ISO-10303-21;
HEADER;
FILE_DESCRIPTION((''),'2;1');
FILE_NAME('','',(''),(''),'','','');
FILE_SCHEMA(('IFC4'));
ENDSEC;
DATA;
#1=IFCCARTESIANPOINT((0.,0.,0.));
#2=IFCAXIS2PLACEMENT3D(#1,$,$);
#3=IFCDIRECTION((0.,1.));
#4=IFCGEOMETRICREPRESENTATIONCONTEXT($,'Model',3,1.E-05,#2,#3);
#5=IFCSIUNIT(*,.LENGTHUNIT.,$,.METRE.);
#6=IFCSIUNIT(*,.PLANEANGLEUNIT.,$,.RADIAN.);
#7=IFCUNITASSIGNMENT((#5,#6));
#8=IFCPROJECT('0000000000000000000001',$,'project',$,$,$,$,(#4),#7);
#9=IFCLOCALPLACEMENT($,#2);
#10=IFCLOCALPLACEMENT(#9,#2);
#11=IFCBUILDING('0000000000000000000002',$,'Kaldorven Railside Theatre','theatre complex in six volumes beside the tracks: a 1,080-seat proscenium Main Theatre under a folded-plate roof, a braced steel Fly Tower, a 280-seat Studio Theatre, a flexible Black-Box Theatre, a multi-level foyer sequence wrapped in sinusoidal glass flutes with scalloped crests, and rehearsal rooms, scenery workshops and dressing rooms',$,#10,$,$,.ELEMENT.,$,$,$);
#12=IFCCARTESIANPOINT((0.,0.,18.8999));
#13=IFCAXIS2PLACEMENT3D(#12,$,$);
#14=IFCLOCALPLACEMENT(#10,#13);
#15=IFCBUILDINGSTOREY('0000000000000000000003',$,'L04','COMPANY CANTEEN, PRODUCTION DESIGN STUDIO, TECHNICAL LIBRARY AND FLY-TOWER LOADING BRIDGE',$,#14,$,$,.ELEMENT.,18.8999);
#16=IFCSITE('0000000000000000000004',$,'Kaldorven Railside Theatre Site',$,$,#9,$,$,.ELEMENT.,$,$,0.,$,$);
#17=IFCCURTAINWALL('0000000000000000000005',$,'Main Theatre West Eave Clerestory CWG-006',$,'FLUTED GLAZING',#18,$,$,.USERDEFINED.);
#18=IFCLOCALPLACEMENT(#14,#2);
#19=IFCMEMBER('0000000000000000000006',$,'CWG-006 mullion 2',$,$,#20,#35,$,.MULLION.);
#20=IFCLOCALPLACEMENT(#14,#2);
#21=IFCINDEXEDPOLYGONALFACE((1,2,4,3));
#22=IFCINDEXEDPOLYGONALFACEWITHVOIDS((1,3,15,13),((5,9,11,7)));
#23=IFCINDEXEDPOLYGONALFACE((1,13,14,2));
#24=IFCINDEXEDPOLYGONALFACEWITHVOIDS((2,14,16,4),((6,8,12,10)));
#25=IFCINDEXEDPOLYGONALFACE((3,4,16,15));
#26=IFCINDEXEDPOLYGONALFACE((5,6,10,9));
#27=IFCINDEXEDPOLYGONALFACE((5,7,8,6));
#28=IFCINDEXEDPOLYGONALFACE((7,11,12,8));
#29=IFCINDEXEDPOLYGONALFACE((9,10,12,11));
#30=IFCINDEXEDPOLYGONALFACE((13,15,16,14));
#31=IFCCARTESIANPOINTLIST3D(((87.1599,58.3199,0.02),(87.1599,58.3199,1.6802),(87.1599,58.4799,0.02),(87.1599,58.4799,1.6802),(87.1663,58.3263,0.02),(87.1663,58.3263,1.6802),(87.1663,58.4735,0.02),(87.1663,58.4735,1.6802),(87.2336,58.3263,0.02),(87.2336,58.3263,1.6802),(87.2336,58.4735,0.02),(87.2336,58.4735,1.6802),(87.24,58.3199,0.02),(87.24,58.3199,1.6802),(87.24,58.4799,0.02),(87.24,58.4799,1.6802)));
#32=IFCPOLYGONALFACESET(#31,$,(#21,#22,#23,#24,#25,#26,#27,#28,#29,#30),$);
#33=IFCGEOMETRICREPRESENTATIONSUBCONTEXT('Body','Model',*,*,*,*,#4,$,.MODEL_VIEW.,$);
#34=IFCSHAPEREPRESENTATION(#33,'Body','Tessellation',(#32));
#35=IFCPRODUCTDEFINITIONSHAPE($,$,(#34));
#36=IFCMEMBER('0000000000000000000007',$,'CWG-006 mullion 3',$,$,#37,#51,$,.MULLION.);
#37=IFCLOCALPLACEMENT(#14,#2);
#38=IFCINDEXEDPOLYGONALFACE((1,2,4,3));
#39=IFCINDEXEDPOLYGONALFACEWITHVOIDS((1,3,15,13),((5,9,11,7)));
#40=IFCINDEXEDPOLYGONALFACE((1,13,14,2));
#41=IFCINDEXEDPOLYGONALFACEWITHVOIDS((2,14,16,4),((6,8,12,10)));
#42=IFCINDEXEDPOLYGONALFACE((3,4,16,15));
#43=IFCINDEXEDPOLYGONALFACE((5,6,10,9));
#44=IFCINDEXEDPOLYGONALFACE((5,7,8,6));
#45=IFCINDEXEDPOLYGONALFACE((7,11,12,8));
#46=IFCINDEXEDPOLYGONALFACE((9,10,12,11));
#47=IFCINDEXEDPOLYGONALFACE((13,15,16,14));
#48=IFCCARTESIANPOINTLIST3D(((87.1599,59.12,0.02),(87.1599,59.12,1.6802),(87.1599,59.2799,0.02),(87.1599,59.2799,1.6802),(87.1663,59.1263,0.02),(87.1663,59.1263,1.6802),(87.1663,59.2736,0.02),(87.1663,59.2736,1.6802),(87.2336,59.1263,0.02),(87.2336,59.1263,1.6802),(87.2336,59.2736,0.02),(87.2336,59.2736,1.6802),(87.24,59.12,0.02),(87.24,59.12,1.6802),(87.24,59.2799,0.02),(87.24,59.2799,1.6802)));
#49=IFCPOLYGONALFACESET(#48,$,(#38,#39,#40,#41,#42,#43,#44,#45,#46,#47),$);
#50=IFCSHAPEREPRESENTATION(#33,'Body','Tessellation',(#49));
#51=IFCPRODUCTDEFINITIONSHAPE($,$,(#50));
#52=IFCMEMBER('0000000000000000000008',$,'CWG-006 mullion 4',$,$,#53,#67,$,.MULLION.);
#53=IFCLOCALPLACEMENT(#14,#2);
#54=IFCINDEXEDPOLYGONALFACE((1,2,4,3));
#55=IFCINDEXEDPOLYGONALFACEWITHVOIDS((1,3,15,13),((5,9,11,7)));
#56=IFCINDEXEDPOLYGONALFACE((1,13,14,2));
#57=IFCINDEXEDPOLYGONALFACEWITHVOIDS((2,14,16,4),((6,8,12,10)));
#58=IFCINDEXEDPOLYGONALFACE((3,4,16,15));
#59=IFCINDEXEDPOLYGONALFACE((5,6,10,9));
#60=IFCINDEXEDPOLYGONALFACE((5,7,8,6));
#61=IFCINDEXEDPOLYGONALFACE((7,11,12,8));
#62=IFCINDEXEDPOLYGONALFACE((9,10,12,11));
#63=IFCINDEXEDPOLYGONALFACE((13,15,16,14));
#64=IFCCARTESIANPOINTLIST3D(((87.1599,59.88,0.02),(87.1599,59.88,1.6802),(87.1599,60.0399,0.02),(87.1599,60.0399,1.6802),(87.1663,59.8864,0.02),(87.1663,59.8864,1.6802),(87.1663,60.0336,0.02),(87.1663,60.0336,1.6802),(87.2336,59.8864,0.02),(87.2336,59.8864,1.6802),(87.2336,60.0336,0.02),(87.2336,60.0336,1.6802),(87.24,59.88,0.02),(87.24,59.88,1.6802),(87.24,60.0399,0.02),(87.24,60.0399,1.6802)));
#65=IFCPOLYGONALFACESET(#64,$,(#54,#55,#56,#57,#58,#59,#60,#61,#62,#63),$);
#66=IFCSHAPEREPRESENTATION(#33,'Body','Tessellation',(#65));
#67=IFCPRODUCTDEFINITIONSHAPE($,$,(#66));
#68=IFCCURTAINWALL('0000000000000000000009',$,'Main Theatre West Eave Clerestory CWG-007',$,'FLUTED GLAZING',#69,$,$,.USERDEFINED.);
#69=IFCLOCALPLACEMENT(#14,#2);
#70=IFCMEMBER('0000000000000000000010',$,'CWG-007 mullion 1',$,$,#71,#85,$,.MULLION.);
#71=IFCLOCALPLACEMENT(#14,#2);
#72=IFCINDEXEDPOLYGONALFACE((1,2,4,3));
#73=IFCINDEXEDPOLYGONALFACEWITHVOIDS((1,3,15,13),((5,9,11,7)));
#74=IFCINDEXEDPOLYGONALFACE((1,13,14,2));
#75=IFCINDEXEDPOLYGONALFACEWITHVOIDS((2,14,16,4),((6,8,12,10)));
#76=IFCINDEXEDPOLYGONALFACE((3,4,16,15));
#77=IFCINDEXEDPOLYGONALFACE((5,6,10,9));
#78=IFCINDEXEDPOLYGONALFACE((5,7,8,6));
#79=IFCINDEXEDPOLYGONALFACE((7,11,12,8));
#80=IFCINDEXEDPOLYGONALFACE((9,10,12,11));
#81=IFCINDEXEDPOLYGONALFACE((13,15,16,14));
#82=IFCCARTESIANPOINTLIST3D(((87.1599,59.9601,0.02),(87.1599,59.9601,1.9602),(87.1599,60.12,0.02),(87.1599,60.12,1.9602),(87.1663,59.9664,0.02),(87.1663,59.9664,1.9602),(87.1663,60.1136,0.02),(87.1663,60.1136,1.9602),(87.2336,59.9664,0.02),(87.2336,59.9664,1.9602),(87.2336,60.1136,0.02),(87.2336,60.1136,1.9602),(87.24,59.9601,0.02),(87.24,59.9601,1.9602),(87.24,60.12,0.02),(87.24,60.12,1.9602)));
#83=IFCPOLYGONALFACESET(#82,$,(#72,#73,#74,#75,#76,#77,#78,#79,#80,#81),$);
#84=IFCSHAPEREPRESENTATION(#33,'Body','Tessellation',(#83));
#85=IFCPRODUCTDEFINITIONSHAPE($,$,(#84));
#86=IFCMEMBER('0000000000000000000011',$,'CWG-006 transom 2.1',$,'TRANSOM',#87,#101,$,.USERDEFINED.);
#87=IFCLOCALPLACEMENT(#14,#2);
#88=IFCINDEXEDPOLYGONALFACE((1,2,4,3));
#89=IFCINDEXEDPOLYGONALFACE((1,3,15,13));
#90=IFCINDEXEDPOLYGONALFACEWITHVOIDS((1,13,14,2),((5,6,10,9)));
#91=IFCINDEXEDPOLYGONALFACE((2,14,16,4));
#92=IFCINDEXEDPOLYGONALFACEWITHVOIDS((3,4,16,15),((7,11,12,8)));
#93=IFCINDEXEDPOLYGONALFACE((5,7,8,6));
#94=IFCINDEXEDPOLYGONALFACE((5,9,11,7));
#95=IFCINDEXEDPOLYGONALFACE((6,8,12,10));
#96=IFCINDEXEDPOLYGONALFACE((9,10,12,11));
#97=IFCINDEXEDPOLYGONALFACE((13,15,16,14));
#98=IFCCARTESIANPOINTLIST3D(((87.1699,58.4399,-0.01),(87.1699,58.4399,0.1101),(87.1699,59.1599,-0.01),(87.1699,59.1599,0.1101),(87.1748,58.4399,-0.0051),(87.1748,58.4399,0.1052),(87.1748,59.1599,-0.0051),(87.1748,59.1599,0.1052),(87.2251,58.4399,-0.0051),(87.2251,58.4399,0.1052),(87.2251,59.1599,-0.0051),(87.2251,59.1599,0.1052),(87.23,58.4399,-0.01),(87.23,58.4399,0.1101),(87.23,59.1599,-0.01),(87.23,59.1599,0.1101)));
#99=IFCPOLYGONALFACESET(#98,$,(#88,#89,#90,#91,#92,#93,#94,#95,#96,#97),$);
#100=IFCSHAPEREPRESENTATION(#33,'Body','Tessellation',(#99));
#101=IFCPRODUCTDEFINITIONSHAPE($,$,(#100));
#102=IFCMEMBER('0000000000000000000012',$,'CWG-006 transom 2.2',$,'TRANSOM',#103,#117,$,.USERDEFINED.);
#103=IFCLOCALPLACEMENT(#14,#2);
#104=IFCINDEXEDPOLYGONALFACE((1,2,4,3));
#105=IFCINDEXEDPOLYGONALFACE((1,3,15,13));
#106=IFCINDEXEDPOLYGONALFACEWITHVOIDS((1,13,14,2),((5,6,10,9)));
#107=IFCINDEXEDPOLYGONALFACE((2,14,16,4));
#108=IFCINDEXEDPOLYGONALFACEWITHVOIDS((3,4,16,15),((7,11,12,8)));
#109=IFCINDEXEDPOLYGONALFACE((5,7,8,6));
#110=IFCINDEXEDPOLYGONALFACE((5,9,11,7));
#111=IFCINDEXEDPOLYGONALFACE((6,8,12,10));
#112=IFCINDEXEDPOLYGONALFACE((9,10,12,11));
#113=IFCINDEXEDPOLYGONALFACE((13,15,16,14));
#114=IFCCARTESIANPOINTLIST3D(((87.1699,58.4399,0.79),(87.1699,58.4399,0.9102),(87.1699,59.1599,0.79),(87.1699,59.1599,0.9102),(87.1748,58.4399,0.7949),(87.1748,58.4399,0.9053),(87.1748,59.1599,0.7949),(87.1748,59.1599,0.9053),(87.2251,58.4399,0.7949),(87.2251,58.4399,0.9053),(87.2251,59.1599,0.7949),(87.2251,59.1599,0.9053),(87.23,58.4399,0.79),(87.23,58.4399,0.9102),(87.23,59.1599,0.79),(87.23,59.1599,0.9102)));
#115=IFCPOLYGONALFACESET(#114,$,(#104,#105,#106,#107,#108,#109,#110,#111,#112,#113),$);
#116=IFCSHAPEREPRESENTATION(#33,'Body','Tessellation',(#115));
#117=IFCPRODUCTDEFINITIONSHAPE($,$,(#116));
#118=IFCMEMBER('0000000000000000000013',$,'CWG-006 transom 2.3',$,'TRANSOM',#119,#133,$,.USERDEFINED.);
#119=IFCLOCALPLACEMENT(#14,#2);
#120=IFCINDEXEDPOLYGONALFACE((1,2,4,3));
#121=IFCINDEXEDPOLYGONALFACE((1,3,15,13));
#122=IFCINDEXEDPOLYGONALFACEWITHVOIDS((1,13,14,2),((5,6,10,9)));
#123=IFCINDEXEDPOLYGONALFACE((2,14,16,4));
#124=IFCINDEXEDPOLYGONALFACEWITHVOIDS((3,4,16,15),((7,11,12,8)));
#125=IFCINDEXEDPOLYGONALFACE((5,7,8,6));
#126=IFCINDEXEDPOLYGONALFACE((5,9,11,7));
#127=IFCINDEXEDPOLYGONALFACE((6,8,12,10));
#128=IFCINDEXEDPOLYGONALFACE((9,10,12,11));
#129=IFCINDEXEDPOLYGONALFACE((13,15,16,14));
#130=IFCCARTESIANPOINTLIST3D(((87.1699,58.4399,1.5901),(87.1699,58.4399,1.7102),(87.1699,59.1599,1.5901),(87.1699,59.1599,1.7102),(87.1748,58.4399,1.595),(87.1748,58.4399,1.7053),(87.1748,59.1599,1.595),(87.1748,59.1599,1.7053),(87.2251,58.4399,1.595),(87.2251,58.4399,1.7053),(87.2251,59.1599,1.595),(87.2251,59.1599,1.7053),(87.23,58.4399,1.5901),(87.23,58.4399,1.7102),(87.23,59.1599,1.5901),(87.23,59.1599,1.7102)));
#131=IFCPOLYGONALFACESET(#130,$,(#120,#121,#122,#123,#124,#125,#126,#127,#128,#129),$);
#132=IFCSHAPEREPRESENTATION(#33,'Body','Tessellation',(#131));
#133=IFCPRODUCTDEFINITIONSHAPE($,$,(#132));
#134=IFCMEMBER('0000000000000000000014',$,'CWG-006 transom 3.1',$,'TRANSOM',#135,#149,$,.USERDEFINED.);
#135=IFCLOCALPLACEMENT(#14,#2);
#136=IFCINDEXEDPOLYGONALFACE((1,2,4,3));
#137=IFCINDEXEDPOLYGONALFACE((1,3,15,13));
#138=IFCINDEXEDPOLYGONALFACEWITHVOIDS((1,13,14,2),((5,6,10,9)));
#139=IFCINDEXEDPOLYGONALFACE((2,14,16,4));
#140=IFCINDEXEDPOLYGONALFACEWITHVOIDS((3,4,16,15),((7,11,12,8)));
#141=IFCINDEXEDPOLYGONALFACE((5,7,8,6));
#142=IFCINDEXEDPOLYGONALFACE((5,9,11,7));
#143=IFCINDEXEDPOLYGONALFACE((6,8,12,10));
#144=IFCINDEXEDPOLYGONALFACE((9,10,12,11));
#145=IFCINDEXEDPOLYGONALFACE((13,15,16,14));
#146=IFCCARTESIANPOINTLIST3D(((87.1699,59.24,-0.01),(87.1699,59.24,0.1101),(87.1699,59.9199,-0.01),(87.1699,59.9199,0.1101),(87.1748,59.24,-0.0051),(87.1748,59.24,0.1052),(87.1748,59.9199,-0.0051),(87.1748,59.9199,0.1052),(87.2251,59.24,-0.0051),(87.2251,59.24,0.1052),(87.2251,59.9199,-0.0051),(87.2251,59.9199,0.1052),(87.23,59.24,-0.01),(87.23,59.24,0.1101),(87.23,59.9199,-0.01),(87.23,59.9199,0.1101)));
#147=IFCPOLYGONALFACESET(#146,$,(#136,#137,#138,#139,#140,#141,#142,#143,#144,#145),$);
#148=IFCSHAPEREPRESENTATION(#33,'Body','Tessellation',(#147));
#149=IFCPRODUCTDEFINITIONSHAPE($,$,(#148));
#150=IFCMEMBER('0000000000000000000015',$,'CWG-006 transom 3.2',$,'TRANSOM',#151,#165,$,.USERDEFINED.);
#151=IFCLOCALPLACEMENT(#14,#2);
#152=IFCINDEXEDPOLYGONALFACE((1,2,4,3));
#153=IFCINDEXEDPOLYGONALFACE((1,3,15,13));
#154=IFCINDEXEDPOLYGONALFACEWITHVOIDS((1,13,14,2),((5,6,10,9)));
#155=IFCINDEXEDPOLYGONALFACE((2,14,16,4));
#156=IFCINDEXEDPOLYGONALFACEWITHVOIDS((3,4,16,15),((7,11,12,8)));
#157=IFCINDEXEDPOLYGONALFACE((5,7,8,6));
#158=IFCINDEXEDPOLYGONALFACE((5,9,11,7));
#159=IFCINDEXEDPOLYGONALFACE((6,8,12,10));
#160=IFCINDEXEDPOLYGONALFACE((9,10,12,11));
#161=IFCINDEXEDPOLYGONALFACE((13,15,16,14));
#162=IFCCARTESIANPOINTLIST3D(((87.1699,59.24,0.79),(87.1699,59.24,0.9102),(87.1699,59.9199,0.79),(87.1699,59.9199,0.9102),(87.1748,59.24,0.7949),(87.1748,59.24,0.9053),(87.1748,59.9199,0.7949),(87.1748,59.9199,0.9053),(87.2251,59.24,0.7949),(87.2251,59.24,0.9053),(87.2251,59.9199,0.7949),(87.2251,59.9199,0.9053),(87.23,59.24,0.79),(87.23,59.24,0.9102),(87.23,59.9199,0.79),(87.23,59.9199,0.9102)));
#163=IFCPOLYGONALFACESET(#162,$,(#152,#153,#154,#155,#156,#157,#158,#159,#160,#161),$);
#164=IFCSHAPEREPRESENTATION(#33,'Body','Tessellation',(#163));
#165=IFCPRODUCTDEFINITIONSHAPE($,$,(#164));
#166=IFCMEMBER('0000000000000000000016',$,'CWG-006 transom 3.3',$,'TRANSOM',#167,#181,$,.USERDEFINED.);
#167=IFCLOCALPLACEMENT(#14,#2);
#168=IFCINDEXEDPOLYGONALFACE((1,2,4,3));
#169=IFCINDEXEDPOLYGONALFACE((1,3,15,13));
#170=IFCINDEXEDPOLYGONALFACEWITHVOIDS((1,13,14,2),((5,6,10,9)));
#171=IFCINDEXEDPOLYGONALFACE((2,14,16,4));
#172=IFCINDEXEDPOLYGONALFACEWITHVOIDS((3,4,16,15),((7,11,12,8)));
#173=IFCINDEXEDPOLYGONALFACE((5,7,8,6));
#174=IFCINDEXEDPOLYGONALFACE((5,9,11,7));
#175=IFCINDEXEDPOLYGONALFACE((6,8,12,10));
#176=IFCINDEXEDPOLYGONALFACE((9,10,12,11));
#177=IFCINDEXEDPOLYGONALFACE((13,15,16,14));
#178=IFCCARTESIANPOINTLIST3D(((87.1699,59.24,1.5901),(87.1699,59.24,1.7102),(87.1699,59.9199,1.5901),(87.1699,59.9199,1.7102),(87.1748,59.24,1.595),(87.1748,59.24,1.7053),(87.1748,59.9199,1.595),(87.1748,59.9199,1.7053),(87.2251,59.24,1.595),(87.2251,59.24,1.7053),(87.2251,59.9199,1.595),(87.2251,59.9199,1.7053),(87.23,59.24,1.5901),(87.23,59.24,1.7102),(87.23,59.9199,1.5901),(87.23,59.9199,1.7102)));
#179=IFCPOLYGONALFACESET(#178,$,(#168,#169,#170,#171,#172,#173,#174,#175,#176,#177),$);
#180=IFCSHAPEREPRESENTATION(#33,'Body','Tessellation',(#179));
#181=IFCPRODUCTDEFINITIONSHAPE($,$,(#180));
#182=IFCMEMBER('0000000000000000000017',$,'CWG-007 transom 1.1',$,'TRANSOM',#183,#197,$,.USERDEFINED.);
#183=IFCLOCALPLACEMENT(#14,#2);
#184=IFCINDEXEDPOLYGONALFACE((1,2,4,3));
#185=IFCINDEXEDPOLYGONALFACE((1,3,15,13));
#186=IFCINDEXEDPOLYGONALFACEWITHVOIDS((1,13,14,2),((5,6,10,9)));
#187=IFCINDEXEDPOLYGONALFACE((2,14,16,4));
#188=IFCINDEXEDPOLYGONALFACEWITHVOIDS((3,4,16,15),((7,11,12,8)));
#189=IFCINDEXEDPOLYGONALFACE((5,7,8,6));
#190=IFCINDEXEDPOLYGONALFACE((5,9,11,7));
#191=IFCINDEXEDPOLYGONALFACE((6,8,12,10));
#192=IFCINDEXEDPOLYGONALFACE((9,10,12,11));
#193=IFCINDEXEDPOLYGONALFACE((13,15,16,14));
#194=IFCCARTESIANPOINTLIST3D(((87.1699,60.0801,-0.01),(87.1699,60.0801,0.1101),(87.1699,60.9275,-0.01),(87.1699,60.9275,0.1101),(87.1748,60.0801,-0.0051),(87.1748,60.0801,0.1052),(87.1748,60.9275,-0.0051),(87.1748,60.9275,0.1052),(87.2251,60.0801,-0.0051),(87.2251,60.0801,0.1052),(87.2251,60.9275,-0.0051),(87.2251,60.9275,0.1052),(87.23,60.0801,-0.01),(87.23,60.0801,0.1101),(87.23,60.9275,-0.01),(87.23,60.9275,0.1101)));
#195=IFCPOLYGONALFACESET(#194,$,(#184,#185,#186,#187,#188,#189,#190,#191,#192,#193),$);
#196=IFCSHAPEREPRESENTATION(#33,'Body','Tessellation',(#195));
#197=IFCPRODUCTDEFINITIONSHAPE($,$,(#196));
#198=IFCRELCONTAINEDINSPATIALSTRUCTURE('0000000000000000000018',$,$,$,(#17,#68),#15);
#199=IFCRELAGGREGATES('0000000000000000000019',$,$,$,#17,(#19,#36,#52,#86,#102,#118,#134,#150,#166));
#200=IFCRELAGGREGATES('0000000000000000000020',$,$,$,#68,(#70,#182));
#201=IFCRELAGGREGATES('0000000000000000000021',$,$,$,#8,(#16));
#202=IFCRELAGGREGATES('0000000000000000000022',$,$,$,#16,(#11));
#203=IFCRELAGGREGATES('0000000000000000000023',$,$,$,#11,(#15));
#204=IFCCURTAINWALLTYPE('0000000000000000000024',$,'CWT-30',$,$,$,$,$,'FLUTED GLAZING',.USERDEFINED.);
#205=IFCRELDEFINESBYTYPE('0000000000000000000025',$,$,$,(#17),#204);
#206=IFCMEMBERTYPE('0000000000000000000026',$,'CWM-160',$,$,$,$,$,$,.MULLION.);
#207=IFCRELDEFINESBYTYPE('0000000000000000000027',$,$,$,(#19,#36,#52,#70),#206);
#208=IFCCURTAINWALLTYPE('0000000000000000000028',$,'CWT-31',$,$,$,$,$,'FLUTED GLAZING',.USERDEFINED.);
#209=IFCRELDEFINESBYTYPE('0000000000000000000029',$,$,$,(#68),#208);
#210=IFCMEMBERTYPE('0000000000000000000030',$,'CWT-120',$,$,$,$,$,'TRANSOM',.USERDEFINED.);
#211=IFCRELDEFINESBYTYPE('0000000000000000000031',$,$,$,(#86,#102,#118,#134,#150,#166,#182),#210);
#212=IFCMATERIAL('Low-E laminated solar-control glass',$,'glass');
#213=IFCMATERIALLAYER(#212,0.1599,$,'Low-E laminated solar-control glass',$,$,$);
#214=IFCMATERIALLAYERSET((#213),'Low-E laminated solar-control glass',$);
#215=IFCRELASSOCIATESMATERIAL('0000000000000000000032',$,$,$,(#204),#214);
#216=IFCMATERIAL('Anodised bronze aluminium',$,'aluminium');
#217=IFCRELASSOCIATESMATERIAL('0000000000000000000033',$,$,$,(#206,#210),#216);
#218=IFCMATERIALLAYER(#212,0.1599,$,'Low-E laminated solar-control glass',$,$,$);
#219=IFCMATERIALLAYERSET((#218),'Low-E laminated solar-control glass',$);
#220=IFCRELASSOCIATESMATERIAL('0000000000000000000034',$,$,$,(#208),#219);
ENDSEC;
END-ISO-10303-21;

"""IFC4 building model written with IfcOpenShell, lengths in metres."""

from ifc_helpers import new_model, si_unit, direction, frame, origin, origin_2d, place, context, subcontext, project, spatial, hollow_rectangle, extrude, material, layer, layer_set, material_profile, profile_set, type_object, element, aggregate, save


model = new_model("IFC4")

# Units and contexts
model_context = context("Model", 3, precision=1e-05, world=origin(), true_north=direction((0.0, 1.0)))
body_context = subcontext(model_context, "Body", "Model", "MODEL_VIEW")
ifc_project = project(units=[si_unit("LENGTHUNIT", "METRE"), si_unit("PLANEANGLEUNIT", "RADIAN")], contexts=[model_context])

# Site, building, storey
site_placement = place(None, origin())
site = spatial("IfcSite", under=ifc_project, at=site_placement, Name="Kaldorven Railside Theatre Site", CompositionType="ELEMENT", RefElevation=0.0)
building_placement = place(site_placement, origin())
building = spatial("IfcBuilding", under=site, at=building_placement, Name="Kaldorven Railside Theatre", Description="theatre complex in six volumes beside the tracks: a 1,080-seat proscenium Main Theatre under a folded-plate roof, a braced steel Fly Tower, a 280-seat Studio Theatre, a flexible Black-Box Theatre, a multi-level foyer sequence wrapped in sinusoidal glass flutes with scalloped crests, and rehearsal rooms, scenery workshops and dressing rooms", CompositionType="ELEMENT")
storey_placement = place(building_placement, frame((0.0, 0.0, 18.8999)))
storey = spatial("IfcBuildingStorey", under=building, at=storey_placement, Name="L04", Description="COMPANY CANTEEN, PRODUCTION DESIGN STUDIO, TECHNICAL LIBRARY AND FLY-TOWER LOADING BRIDGE", CompositionType="ELEMENT", Elevation=18.8999)

# Curtain wall, members
ifc_material_1 = material(Name="Low-E laminated solar-control glass", Category="glass")
ifc_layer_1 = layer(ifc_material_1, 0.1599, Name="Low-E laminated solar-control glass")
ifc_layer_set_1 = layer_set([ifc_layer_1], Name="Low-E laminated solar-control glass")
curtain_wall_type_1 = type_object("IfcCurtainWallType", Name="CWT-30", ElementType="FLUTED GLAZING", PredefinedType="USERDEFINED", material=ifc_layer_set_1)
curtain_wall_1_placement = place(storey_placement, origin())
curtain_wall_1 = element("IfcCurtainWall", 1, at=curtain_wall_1_placement, inside=storey, type_object=curtain_wall_type_1, Name="Main Theatre West Eave Clerestory CWG-006", ObjectType="FLUTED GLAZING", PredefinedType="USERDEFINED")
ifc_material_2 = material(Name="Anodised bronze aluminium", Category="aluminium")
ifc_material_profile_1 = material_profile(ifc_material_2, hollow_rectangle(XDim=0.0801, YDim=0.1599, WallThickness=0.0063, at=origin_2d()), Name="RHS 160x80x6.3")
ifc_profile_set_1 = profile_set([ifc_material_profile_1], Name="Anodised bronze aluminium")
member_type_1 = type_object("IfcMemberType", Name="CWM-160", PredefinedType="MULLION", material=ifc_profile_set_1)
member_1_placement = place(storey_placement, frame((87.2, 58.3999, 0.02), z_axis=(0.0, 0.0, 1.0), x_axis=(-1.0, 0.0, 0.0)))
member_1 = element("IfcMember", 2, at=member_1_placement, type_object=member_type_1, Name="CWG-006 mullion 2", PredefinedType="MULLION", context=body_context, shape_type="SweptSolid", body=[
    extrude(hollow_rectangle(XDim=0.0801, YDim=0.1599, WallThickness=0.0063, at=origin_2d()), origin(), (0.0, 0.0, 1.0), 1.6602),
])
member_2_placement = place(storey_placement, frame((87.2, 59.2, 0.02), z_axis=(0.0, 0.0, 1.0), x_axis=(-1.0, 0.0, 0.0)))
member_2 = element("IfcMember", 3, at=member_2_placement, type_object=member_type_1, Name="CWG-006 mullion 3", PredefinedType="MULLION", context=body_context, shape_type="SweptSolid", body=[
    extrude(hollow_rectangle(XDim=0.0801, YDim=0.1599, WallThickness=0.0063, at=origin_2d()), origin(), (0.0, 0.0, 1.0), 1.6602),
])
member_3_placement = place(storey_placement, frame((87.2, 59.96, 0.02), z_axis=(0.0, 0.0, 1.0), x_axis=(-1.0, 0.0, 0.0)))
member_3 = element("IfcMember", 4, at=member_3_placement, type_object=member_type_1, Name="CWG-006 mullion 4", PredefinedType="MULLION", context=body_context, shape_type="SweptSolid", body=[
    extrude(hollow_rectangle(XDim=0.0801, YDim=0.1599, WallThickness=0.0063, at=origin_2d()), origin(), (0.0, 0.0, 1.0), 1.6602),
])

# Curtain wall, member
ifc_layer_2 = layer(ifc_material_1, 0.1599, Name="Low-E laminated solar-control glass")
ifc_layer_set_2 = layer_set([ifc_layer_2], Name="Low-E laminated solar-control glass")
curtain_wall_type_2 = type_object("IfcCurtainWallType", Name="CWT-31", ElementType="FLUTED GLAZING", PredefinedType="USERDEFINED", material=ifc_layer_set_2)
curtain_wall_2_placement = place(storey_placement, origin())
curtain_wall_2 = element("IfcCurtainWall", 5, at=curtain_wall_2_placement, inside=storey, type_object=curtain_wall_type_2, Name="Main Theatre West Eave Clerestory CWG-007", ObjectType="FLUTED GLAZING", PredefinedType="USERDEFINED")
member_4_placement = place(storey_placement, frame((87.2, 60.04, 0.02), z_axis=(0.0, 0.0, 1.0), x_axis=(-1.0, 0.0, 0.0)))
member_4 = element("IfcMember", 6, at=member_4_placement, type_object=member_type_1, Name="CWG-007 mullion 1", PredefinedType="MULLION", context=body_context, shape_type="SweptSolid", body=[
    extrude(hollow_rectangle(XDim=0.0801, YDim=0.1599, WallThickness=0.0063, at=origin_2d()), origin(), (0.0, 0.0, 1.0), 1.9402),
])

# Members
ifc_material_profile_2 = material_profile(ifc_material_2, hollow_rectangle(XDim=0.0601, YDim=0.1201, WallThickness=0.0049, at=origin_2d()), Name="RHS 120x60x5")
ifc_profile_set_2 = profile_set([ifc_material_profile_2], Name="Anodised bronze aluminium")
member_type_2 = type_object("IfcMemberType", Name="CWT-120", ElementType="TRANSOM", PredefinedType="USERDEFINED", material=ifc_profile_set_2)
member_5_placement = place(storey_placement, frame((87.2, 58.4399, 0.05), z_axis=(0.0, 1.0, 0.0), x_axis=(-1.0, 0.0, 0.0)))
member_5 = element("IfcMember", 7, at=member_5_placement, type_object=member_type_2, Name="CWG-006 transom 2.1", ObjectType="TRANSOM", PredefinedType="USERDEFINED", context=body_context, shape_type="SweptSolid", body=[
    extrude(hollow_rectangle(XDim=0.0601, YDim=0.1201, WallThickness=0.0049, at=origin_2d()), origin(), (0.0, 0.0, 1.0), 0.72),
])
member_6_placement = place(storey_placement, frame((87.2, 58.4399, 0.8501), z_axis=(0.0, 1.0, 0.0), x_axis=(-1.0, 0.0, 0.0)))
member_6 = element("IfcMember", 8, at=member_6_placement, type_object=member_type_2, Name="CWG-006 transom 2.2", ObjectType="TRANSOM", PredefinedType="USERDEFINED", context=body_context, shape_type="SweptSolid", body=[
    extrude(hollow_rectangle(XDim=0.0601, YDim=0.1201, WallThickness=0.0049, at=origin_2d()), origin(), (0.0, 0.0, 1.0), 0.72),
])
member_7_placement = place(storey_placement, frame((87.2, 58.4399, 1.6501), z_axis=(0.0, 1.0, 0.0), x_axis=(-1.0, 0.0, 0.0)))
member_7 = element("IfcMember", 9, at=member_7_placement, type_object=member_type_2, Name="CWG-006 transom 2.3", ObjectType="TRANSOM", PredefinedType="USERDEFINED", context=body_context, shape_type="SweptSolid", body=[
    extrude(hollow_rectangle(XDim=0.0601, YDim=0.1201, WallThickness=0.0049, at=origin_2d()), origin(), (0.0, 0.0, 1.0), 0.72),
])
member_8_placement = place(storey_placement, frame((87.2, 59.24, 0.05), z_axis=(0.0, 1.0, 0.0), x_axis=(-1.0, 0.0, 0.0)))
member_8 = element("IfcMember", 10, at=member_8_placement, type_object=member_type_2, Name="CWG-006 transom 3.1", ObjectType="TRANSOM", PredefinedType="USERDEFINED", context=body_context, shape_type="SweptSolid", body=[
    extrude(hollow_rectangle(XDim=0.0601, YDim=0.1201, WallThickness=0.0049, at=origin_2d()), origin(), (0.0, 0.0, 1.0), 0.6799),
])
member_9_placement = place(storey_placement, frame((87.2, 59.24, 0.8501), z_axis=(0.0, 1.0, 0.0), x_axis=(-1.0, 0.0, 0.0)))
member_9 = element("IfcMember", 11, at=member_9_placement, type_object=member_type_2, Name="CWG-006 transom 3.2", ObjectType="TRANSOM", PredefinedType="USERDEFINED", context=body_context, shape_type="SweptSolid", body=[
    extrude(hollow_rectangle(XDim=0.0601, YDim=0.1201, WallThickness=0.0049, at=origin_2d()), origin(), (0.0, 0.0, 1.0), 0.6799),
])
member_10_placement = place(storey_placement, frame((87.2, 59.24, 1.6501), z_axis=(0.0, 1.0, 0.0), x_axis=(-1.0, 0.0, 0.0)))
member_10 = element("IfcMember", 12, at=member_10_placement, type_object=member_type_2, Name="CWG-006 transom 3.3", ObjectType="TRANSOM", PredefinedType="USERDEFINED", context=body_context, shape_type="SweptSolid", body=[
    extrude(hollow_rectangle(XDim=0.0601, YDim=0.1201, WallThickness=0.0049, at=origin_2d()), origin(), (0.0, 0.0, 1.0), 0.6799),
])
member_11_placement = place(storey_placement, frame((87.2, 60.0801, 0.05), z_axis=(0.0, 1.0, 0.0), x_axis=(-1.0, 0.0, 0.0)))
member_11 = element("IfcMember", 13, at=member_11_placement, type_object=member_type_2, Name="CWG-007 transom 1.1", ObjectType="TRANSOM", PredefinedType="USERDEFINED", context=body_context, shape_type="SweptSolid", body=[
    extrude(hollow_rectangle(XDim=0.0601, YDim=0.1201, WallThickness=0.0049, at=origin_2d()), origin(), (0.0, 0.0, 1.0), 0.8474),
])

aggregate(curtain_wall_1, [member_1, member_2, member_3, member_5, member_6, member_7, member_8, member_9, member_10])
aggregate(curtain_wall_2, [member_4, member_11])

save(model, "model.ifc")
